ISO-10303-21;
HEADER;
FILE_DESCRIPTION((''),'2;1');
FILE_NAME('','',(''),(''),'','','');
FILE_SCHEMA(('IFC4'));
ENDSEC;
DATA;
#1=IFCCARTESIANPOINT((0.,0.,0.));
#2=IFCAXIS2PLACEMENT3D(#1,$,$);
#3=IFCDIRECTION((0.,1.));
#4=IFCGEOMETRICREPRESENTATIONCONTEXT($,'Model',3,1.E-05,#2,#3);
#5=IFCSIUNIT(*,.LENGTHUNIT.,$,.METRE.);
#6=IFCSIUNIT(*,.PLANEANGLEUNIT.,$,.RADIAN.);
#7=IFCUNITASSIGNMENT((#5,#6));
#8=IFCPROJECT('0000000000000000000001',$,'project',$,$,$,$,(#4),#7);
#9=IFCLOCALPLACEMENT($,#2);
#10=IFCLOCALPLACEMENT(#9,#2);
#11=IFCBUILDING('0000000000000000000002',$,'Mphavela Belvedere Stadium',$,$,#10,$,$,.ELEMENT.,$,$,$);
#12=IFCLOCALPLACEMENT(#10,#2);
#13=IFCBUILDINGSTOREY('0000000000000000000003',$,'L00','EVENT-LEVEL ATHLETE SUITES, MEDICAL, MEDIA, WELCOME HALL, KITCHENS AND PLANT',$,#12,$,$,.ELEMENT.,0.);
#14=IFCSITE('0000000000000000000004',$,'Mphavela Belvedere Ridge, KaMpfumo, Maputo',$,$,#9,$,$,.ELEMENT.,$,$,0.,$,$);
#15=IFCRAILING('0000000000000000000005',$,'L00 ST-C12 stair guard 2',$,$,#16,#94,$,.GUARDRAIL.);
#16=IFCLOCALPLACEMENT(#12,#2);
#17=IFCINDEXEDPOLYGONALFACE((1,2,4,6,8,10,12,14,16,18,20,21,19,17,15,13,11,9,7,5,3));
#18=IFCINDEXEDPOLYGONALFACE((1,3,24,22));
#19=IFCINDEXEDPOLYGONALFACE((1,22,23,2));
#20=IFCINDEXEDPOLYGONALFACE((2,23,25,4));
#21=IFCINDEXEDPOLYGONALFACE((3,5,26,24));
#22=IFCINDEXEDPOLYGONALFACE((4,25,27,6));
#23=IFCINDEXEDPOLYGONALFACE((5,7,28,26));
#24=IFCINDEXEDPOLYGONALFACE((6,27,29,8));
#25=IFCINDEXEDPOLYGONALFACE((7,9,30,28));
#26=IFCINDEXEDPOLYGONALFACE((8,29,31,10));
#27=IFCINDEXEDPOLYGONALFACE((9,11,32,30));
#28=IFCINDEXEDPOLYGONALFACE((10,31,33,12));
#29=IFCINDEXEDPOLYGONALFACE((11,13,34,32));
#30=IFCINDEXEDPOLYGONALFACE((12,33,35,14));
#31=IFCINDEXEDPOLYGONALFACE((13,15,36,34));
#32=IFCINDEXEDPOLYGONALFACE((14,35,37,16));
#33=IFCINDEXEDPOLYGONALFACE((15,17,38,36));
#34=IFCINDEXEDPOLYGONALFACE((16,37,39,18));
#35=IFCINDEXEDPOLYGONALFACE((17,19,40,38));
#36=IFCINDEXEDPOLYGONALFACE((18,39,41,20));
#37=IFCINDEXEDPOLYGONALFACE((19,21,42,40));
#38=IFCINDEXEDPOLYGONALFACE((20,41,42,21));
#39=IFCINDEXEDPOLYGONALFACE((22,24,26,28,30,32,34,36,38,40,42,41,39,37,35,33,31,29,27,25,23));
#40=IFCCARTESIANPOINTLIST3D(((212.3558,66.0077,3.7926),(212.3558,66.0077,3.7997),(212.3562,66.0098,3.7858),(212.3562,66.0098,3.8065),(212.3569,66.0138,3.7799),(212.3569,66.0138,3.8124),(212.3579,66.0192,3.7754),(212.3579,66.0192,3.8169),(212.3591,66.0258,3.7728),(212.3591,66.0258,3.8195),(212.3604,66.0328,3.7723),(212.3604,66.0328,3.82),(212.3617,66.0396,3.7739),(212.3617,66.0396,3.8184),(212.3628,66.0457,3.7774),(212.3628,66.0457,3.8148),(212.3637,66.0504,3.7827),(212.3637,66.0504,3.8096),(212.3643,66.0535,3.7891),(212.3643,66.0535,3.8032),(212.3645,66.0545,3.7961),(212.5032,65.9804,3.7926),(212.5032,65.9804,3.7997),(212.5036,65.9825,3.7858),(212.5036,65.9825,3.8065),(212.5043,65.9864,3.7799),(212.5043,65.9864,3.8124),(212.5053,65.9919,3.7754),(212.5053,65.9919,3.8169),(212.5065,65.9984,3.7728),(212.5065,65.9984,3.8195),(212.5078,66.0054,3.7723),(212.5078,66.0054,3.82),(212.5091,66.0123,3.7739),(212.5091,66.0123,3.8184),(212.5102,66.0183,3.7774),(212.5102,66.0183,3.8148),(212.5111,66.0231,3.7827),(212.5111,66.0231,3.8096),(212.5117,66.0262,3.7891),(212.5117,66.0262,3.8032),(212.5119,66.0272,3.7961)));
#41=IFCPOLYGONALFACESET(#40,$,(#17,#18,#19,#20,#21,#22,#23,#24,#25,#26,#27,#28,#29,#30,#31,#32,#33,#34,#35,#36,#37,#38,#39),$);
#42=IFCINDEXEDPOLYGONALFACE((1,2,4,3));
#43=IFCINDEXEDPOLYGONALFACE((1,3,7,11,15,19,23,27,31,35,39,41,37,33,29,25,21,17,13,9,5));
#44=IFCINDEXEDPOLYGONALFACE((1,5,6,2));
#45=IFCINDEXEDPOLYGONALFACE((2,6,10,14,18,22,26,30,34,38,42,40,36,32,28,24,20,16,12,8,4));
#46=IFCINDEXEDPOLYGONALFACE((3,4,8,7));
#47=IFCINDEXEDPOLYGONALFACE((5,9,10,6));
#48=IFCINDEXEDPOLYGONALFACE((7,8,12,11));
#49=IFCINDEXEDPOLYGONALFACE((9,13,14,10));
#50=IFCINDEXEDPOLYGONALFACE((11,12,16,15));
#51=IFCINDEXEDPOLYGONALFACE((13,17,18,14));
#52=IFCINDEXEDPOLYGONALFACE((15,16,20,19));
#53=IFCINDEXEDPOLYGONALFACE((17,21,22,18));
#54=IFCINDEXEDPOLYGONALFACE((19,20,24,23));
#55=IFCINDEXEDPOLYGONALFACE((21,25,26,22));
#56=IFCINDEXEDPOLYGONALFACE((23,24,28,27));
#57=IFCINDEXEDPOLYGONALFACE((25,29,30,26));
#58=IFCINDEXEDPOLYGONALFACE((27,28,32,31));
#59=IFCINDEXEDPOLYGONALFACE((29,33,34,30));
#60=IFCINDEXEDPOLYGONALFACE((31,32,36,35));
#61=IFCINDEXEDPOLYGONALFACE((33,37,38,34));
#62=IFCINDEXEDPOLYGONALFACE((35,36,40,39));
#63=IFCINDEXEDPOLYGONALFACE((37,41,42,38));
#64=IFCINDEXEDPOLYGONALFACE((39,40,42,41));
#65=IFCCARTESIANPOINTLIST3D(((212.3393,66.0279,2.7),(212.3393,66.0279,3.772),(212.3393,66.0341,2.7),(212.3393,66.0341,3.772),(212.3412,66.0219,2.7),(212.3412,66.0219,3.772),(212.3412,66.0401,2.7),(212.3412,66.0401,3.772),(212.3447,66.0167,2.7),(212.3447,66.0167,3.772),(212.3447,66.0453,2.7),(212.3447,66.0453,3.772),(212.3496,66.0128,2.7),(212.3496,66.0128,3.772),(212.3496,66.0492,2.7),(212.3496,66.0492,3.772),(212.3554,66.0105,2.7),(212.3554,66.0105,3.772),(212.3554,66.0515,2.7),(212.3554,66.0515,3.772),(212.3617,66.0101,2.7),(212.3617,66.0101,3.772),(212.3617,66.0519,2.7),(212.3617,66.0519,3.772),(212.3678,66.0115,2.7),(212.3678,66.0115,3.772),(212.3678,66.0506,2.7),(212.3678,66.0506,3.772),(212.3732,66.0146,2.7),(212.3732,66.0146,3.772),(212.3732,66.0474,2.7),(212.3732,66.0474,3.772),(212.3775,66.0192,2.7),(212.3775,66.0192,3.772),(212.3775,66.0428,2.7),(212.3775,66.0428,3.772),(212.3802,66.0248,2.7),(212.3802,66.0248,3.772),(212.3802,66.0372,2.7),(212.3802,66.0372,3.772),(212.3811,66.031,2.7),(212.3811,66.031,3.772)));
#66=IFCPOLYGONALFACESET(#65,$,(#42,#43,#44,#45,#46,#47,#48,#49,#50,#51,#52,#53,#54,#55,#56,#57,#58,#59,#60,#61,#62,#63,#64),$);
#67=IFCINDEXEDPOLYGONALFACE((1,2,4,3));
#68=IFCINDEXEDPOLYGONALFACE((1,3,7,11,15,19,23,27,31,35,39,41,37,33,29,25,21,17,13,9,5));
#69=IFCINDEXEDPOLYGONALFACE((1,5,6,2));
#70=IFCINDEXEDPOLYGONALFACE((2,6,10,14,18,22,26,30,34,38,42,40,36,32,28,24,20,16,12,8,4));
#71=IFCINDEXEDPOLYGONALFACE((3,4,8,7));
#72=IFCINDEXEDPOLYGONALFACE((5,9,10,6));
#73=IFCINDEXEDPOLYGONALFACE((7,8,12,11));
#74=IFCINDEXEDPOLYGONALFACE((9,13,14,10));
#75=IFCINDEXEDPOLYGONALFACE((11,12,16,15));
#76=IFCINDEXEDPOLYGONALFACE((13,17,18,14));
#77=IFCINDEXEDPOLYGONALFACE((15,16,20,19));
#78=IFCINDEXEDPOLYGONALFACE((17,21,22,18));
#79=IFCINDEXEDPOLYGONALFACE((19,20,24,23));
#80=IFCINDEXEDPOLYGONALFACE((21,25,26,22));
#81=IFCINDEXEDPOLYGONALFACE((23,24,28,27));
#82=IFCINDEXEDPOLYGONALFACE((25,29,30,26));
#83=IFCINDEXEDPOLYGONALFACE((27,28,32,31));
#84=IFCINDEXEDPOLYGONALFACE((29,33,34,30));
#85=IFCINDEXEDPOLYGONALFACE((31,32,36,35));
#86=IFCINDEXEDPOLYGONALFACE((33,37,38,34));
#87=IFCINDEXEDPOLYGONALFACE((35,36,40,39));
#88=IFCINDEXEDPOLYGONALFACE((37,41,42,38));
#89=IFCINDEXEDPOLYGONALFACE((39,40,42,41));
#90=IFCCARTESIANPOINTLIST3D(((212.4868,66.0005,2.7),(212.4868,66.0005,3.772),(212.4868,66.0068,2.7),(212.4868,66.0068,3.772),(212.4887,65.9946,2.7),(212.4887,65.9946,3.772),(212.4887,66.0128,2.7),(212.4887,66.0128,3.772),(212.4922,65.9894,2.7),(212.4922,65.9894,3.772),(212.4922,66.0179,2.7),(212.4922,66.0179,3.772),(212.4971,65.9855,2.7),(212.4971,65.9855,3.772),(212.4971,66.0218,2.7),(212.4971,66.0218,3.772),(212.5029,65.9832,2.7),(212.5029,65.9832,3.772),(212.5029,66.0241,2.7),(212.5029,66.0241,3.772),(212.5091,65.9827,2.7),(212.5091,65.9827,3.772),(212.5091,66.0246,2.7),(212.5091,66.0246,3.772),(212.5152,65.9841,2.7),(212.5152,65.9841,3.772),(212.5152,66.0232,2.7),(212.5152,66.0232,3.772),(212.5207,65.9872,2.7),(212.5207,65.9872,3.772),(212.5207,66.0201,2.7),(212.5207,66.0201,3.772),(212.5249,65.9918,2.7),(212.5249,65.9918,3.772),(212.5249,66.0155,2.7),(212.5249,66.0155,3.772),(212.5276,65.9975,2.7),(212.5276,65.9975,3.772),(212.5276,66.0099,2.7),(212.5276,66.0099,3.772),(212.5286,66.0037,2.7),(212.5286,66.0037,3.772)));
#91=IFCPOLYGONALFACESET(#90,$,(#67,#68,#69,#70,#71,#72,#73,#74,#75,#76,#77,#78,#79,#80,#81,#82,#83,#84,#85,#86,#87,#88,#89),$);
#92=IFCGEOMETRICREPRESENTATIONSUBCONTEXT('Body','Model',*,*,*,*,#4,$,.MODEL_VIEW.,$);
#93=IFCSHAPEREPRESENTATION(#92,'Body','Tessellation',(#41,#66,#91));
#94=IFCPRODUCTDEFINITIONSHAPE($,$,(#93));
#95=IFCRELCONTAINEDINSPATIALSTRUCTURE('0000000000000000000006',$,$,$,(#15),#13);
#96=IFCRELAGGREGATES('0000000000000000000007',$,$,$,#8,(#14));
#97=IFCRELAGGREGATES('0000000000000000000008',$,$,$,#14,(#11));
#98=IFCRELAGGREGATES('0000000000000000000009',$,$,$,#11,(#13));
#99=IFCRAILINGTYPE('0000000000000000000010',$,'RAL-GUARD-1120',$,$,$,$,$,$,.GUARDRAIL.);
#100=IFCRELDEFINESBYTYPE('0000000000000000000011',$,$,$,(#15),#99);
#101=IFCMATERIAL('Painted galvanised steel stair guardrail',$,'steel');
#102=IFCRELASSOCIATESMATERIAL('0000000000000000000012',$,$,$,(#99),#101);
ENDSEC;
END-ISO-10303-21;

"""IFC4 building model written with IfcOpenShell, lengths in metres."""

from ifc_helpers import new_model, si_unit, direction, frame, origin, origin_2d, place, context, subcontext, project, spatial, circle, extrude, material, type_object, element, save


model = new_model("IFC4")

# Units and contexts
model_context = context("Model", 3, precision=1e-05, world=origin(), true_north=direction((0.0, 1.0)))
body_context = subcontext(model_context, "Body", "Model", "MODEL_VIEW")
ifc_project = project(units=[si_unit("LENGTHUNIT", "METRE"), si_unit("PLANEANGLEUNIT", "RADIAN")], contexts=[model_context])

# Site, building, storey
site_placement = place(None, origin())
site = spatial("IfcSite", under=ifc_project, at=site_placement, Name="Mphavela Belvedere Ridge, KaMpfumo, Maputo", CompositionType="ELEMENT", RefElevation=0.0)
building_placement = place(site_placement, origin())
building = spatial("IfcBuilding", under=site, at=building_placement, Name="Mphavela Belvedere Stadium", CompositionType="ELEMENT")
storey_placement = place(building_placement, origin())
storey = spatial("IfcBuildingStorey", under=building, at=storey_placement, Name="L00", Description="EVENT-LEVEL ATHLETE SUITES, MEDICAL, MEDIA, WELCOME HALL, KITCHENS AND PLANT", CompositionType="ELEMENT", Elevation=0.0)

# Railing
ifc_material_1 = material(Name="Painted galvanised steel stair guardrail", Category="steel")
railing_type_1 = type_object("IfcRailingType", Name="RAL-GUARD-1120", PredefinedType="GUARDRAIL", material=ifc_material_1)
railing_1_placement = place(storey_placement, frame((212.3601, 66.031, 2.7)))
element("IfcRailing", 1, at=railing_1_placement, inside=storey, type_object=railing_type_1, Name="L00 ST-C12 stair guard 2", PredefinedType="GUARDRAIL", context=body_context, shape_type="SweptSolid", body=[
    extrude(circle(Radius=0.0239, at=origin_2d()), frame((0.0, 0.0, 1.0962), z_axis=(0.983239, -0.182322, 0.0), x_axis=(0.182322, 0.983239, 0.0)), (0.0, 0.0, 1.0), 0.1499),
    extrude(circle(Radius=0.021, at=origin_2d()), origin(), (0.0, 0.0, 1.0), 1.072),
    extrude(circle(Radius=0.021, at=origin_2d()), frame((0.1475, -0.0273, 0.0)), (0.0, 0.0, 1.0), 1.072),
])

save(model, "model.ifc")
